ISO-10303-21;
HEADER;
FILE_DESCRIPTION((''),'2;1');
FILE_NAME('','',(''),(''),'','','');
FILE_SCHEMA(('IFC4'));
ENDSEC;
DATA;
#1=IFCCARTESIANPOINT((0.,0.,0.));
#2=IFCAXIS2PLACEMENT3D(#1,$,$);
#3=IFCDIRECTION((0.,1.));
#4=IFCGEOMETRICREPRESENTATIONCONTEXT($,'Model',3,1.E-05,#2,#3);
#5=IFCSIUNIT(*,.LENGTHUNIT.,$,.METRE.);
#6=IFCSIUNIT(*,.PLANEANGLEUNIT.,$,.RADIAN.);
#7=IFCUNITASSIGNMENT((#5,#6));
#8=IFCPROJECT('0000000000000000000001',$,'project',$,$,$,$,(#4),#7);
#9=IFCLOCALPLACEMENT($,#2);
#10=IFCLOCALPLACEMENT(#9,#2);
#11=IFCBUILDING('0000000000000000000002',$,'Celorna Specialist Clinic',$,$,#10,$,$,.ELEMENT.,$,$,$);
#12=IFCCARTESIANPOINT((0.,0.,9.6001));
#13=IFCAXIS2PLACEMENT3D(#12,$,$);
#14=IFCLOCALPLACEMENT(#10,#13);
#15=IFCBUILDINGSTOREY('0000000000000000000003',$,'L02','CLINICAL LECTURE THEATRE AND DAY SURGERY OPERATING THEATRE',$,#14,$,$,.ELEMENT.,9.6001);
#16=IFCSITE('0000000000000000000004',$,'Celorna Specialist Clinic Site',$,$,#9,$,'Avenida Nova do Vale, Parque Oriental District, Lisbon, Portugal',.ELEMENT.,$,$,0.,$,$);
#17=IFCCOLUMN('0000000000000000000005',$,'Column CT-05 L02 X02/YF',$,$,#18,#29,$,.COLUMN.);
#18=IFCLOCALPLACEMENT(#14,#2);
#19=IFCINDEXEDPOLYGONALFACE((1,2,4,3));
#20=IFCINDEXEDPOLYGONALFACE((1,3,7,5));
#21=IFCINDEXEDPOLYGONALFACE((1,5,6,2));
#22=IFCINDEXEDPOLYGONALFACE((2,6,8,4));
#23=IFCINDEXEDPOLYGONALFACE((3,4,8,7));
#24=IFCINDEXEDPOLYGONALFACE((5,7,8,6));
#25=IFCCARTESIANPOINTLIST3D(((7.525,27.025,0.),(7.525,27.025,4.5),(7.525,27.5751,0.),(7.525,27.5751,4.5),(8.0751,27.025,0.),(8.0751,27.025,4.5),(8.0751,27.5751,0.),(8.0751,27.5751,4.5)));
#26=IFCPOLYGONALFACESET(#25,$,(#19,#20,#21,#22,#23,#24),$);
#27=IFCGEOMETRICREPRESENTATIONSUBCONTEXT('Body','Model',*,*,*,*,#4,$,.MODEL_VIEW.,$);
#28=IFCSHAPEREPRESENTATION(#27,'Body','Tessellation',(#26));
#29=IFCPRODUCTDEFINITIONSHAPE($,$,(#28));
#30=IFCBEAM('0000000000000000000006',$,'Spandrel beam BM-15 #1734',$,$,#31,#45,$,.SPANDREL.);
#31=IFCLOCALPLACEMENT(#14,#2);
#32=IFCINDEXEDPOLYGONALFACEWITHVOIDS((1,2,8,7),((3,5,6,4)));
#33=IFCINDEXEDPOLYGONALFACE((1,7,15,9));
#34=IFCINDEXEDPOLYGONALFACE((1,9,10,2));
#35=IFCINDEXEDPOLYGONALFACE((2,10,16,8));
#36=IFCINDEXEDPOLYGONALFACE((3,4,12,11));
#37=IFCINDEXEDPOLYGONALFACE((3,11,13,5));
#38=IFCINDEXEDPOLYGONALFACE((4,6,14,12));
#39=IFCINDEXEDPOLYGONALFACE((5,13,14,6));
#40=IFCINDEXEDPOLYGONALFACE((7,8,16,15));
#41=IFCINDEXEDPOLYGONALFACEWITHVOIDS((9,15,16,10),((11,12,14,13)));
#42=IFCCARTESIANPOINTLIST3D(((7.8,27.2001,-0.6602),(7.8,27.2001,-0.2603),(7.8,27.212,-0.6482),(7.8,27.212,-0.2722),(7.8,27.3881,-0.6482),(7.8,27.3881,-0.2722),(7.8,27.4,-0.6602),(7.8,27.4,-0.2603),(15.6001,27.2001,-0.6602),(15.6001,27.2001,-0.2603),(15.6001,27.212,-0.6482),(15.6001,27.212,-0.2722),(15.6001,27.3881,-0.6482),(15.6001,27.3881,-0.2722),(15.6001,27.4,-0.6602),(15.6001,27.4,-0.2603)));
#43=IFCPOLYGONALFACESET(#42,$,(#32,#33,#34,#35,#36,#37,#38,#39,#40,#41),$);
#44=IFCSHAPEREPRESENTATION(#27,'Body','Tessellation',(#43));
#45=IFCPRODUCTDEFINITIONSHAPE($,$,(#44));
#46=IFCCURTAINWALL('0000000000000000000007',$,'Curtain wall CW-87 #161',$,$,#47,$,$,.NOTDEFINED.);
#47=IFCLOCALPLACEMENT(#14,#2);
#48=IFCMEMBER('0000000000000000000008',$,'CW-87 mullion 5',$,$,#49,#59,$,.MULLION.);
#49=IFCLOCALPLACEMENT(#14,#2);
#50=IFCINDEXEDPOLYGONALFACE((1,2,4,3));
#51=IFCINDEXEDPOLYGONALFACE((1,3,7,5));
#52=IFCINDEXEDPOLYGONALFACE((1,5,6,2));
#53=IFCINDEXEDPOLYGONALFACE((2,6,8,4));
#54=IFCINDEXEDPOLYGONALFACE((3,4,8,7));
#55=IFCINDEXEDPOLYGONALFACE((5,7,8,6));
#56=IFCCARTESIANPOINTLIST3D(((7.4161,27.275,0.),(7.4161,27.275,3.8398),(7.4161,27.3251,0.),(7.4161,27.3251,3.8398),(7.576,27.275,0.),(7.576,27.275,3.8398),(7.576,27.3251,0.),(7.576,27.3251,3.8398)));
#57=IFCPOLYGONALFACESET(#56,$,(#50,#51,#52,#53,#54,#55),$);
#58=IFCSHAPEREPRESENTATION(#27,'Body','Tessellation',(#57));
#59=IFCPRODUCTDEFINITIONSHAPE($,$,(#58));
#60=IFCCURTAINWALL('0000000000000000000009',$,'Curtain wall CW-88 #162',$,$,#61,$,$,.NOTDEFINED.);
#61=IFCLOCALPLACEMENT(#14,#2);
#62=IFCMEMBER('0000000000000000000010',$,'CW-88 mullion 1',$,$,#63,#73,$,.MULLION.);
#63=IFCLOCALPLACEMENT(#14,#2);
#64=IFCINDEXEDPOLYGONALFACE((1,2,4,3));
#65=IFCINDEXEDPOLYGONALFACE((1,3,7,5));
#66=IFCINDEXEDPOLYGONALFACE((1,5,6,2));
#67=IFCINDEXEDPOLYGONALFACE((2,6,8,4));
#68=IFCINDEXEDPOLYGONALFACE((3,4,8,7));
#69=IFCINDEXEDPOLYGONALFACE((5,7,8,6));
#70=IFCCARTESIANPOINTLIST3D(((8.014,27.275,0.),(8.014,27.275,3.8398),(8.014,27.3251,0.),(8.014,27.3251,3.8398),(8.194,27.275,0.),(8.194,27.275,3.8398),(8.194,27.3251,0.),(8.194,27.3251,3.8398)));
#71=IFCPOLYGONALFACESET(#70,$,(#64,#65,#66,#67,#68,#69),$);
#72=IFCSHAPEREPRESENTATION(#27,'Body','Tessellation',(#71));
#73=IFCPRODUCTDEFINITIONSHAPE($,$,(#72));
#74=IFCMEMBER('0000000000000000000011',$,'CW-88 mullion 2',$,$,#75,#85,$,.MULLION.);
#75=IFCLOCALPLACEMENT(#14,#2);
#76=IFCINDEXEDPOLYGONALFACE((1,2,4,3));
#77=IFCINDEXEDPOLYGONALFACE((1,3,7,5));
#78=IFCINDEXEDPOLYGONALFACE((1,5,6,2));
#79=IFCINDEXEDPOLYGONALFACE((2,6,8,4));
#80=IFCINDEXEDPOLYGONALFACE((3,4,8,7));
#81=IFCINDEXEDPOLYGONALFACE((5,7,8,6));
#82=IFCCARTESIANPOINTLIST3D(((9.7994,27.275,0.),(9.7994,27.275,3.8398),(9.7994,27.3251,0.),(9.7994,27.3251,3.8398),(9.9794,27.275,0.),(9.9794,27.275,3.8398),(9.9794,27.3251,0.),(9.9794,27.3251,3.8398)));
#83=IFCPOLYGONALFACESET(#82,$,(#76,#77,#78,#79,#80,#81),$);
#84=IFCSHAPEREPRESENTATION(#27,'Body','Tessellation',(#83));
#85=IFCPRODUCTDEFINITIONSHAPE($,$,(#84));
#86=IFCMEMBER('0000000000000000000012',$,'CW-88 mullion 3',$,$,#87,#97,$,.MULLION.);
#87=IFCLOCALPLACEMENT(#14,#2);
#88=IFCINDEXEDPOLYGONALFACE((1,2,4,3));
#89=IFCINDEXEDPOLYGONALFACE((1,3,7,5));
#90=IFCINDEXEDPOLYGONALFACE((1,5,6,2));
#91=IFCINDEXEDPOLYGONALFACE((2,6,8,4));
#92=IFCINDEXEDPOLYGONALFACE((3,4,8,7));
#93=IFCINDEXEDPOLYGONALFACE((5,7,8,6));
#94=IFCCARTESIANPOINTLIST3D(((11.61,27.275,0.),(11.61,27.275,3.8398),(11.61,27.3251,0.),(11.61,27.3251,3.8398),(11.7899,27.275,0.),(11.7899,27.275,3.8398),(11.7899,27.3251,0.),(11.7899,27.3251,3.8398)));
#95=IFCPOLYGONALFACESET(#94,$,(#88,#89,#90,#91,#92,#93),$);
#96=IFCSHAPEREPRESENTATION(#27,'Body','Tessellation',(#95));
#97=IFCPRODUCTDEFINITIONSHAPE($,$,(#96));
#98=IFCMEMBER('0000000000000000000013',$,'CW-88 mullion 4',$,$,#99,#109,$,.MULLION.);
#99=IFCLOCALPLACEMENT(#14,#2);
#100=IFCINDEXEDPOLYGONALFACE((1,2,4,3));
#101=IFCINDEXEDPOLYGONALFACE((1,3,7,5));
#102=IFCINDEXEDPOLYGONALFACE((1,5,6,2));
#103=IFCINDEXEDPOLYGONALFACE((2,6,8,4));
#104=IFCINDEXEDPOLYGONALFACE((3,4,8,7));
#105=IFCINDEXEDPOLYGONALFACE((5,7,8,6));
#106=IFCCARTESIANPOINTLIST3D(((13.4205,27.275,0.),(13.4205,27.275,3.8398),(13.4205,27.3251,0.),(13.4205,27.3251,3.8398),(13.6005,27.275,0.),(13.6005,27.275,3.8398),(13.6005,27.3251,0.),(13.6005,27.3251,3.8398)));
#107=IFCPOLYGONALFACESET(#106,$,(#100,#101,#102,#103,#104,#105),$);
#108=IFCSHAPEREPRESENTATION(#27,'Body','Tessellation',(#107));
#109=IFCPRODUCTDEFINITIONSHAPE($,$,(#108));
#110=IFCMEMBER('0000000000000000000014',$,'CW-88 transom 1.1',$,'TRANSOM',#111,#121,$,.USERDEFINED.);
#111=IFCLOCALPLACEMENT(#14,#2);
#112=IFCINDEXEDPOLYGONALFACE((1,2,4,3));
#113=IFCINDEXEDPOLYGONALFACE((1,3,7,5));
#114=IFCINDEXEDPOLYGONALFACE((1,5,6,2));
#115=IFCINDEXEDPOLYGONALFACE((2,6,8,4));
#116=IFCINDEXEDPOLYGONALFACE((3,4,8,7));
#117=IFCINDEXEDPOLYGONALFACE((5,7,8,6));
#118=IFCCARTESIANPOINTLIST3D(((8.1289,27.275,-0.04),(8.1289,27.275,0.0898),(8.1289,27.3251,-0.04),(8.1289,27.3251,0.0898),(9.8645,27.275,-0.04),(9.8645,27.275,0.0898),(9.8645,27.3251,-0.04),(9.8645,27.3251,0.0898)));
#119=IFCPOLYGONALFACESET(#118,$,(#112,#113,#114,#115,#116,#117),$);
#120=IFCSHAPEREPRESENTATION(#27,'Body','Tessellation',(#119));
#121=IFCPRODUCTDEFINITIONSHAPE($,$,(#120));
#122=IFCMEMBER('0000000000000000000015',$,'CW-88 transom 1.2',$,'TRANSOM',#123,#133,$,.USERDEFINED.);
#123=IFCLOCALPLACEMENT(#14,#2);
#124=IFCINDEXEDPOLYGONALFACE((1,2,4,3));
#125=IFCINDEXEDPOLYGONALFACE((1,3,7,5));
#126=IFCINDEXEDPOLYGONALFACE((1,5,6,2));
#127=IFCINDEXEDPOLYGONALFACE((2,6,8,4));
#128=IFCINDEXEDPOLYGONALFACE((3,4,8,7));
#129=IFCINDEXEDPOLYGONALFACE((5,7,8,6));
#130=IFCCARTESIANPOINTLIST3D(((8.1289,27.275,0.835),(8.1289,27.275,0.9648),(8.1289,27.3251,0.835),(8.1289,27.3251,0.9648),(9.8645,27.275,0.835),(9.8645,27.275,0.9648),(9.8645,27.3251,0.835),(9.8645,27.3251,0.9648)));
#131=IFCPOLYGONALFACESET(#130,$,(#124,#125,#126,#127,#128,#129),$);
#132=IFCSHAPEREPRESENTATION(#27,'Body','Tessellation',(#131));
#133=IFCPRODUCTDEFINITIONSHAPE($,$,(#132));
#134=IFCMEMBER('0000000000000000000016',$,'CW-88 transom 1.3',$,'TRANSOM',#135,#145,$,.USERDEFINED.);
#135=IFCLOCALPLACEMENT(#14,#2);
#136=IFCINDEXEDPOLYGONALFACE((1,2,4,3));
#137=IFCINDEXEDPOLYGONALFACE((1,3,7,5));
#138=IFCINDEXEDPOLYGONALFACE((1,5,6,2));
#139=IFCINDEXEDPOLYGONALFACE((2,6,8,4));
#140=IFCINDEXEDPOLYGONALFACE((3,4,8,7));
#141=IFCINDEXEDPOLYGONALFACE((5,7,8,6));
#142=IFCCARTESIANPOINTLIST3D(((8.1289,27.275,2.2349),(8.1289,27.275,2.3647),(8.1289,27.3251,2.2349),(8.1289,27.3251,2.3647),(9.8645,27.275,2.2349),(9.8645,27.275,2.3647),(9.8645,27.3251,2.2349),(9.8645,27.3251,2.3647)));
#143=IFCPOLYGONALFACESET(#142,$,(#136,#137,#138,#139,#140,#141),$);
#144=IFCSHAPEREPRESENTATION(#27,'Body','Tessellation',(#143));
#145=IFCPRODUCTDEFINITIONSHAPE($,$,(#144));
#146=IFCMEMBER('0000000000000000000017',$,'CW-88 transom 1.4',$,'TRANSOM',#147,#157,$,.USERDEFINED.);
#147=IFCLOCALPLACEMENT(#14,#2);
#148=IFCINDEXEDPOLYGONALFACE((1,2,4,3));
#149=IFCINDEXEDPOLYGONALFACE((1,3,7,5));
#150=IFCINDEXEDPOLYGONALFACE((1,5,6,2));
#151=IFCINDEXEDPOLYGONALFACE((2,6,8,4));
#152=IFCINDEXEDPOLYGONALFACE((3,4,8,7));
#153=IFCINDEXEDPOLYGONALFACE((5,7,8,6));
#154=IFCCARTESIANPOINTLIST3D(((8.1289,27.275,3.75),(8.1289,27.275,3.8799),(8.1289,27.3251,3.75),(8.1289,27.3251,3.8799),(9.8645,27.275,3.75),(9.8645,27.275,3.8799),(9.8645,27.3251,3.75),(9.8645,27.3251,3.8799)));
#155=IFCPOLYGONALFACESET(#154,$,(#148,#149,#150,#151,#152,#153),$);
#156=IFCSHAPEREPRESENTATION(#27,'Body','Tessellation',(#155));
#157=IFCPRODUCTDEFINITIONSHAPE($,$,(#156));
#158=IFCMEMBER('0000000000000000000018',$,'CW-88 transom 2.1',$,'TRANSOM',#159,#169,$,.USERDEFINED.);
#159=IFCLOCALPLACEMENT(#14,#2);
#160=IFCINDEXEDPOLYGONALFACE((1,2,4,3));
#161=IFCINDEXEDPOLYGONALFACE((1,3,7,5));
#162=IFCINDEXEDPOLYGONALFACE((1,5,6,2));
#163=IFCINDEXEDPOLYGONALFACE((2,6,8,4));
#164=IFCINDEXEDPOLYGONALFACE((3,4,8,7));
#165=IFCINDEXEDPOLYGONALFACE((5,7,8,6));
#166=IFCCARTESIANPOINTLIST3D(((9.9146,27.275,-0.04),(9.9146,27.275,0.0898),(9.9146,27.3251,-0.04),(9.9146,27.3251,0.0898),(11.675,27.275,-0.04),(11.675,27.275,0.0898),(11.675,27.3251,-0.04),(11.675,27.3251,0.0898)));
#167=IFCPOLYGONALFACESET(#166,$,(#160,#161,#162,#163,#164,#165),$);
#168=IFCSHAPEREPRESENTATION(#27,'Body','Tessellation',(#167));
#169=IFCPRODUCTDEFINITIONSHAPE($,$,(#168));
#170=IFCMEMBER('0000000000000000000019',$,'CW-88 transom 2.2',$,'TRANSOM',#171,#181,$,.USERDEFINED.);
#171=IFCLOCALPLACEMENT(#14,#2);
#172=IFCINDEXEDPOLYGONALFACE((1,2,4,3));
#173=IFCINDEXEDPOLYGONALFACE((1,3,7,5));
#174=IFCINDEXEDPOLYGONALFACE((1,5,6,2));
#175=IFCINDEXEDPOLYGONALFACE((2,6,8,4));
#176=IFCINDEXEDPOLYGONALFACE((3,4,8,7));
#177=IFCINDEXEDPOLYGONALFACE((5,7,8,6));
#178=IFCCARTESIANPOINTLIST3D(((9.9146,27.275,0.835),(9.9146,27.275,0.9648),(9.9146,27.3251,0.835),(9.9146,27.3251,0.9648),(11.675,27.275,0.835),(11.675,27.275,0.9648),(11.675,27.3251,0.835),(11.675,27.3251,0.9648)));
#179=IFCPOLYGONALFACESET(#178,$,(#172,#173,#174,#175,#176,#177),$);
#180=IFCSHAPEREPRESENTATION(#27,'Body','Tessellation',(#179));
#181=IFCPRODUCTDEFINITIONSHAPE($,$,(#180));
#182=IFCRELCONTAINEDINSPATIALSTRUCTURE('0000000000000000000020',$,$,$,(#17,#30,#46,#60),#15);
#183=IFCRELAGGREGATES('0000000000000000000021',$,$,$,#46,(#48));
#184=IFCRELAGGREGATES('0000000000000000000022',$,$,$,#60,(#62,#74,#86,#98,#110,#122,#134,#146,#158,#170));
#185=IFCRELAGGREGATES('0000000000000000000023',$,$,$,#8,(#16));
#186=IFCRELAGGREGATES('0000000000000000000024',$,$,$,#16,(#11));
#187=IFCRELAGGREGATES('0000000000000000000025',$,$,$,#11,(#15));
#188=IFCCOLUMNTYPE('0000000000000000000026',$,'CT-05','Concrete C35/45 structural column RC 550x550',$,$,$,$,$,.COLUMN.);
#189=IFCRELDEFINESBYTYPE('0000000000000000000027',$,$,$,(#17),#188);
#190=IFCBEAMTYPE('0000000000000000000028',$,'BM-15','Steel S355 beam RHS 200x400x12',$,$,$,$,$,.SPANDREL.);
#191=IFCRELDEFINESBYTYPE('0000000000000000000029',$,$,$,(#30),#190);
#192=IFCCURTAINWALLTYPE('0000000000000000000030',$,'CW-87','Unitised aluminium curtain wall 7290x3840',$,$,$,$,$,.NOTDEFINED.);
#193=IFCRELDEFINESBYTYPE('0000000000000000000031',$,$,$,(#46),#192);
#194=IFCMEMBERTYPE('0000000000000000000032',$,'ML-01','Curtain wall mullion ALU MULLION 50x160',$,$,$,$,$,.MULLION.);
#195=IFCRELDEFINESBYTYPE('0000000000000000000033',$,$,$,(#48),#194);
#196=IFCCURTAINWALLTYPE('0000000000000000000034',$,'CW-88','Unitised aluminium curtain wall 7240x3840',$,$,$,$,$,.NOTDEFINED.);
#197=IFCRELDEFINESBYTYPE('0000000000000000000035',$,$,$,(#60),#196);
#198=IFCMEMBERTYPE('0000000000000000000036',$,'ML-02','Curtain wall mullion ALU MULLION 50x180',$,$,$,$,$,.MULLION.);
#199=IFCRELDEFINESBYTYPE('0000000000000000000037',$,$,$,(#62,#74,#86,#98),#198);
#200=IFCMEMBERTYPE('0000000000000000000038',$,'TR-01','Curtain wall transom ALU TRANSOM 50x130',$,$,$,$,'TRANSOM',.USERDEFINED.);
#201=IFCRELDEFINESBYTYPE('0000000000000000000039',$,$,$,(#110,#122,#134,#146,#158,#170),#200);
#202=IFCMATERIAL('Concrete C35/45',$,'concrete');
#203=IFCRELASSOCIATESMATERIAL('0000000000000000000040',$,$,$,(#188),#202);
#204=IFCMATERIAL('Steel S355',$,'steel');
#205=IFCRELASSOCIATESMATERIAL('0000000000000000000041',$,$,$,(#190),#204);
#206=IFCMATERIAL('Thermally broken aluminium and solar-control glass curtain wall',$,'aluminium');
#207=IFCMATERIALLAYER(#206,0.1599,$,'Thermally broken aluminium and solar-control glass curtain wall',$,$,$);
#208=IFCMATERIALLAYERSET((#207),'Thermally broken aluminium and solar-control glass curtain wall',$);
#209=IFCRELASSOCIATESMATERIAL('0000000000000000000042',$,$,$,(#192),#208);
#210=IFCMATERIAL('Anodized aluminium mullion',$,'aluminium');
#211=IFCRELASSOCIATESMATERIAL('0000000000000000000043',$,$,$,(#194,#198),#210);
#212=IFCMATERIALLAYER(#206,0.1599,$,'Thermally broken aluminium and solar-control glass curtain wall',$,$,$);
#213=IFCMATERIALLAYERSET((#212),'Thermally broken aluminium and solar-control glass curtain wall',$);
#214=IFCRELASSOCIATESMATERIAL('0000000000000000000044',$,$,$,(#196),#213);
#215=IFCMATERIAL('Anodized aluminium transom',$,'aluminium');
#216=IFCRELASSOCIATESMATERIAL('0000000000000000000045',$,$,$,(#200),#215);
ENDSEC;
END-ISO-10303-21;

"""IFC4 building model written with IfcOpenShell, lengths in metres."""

from ifc_helpers import new_model, si_unit, direction, frame, origin, origin_2d, place, context, subcontext, project, spatial, rectangle, hollow_rectangle, extrude, material, layer, layer_set, material_profile, profile_set, type_object, element, aggregate, save


model = new_model("IFC4")

# Units and contexts
model_context = context("Model", 3, precision=1e-05, world=origin(), true_north=direction((0.0, 1.0)))
body_context = subcontext(model_context, "Body", "Model", "MODEL_VIEW")
ifc_project = project(units=[si_unit("LENGTHUNIT", "METRE"), si_unit("PLANEANGLEUNIT", "RADIAN")], contexts=[model_context])

# Site, building, storey
site_placement = place(None, origin())
site = spatial("IfcSite", under=ifc_project, at=site_placement, Name="Celorna Specialist Clinic Site", LongName="Avenida Nova do Vale, Parque Oriental District, Lisbon, Portugal", CompositionType="ELEMENT", RefElevation=0.0)
building_placement = place(site_placement, origin())
building = spatial("IfcBuilding", under=site, at=building_placement, Name="Celorna Specialist Clinic", CompositionType="ELEMENT")
storey_placement = place(building_placement, frame((0.0, 0.0, 9.6001)))
storey = spatial("IfcBuildingStorey", under=building, at=storey_placement, Name="L02", Description="CLINICAL LECTURE THEATRE AND DAY SURGERY OPERATING THEATRE", CompositionType="ELEMENT", Elevation=9.6001)

# Column
ifc_material_1 = material(Name="Concrete C35/45", Category="concrete")
ifc_material_profile_1 = material_profile(ifc_material_1, rectangle(XDim=0.55, YDim=0.55, at=origin_2d()), Name="RC 550x550")
ifc_profile_set_1 = profile_set([ifc_material_profile_1], Name="Concrete C35/45")
column_type = type_object("IfcColumnType", Name="CT-05", Description="Concrete C35/45 structural column RC 550x550", PredefinedType="COLUMN", material=ifc_profile_set_1)
column_placement = place(storey_placement, frame((7.8, 27.3, 0.0), z_axis=(0.0, 0.0, 1.0), x_axis=(1.0, 0.0, 0.0)))
element("IfcColumn", 1, at=column_placement, inside=storey, type_object=column_type, Name="Column CT-05 L02 X02/YF", PredefinedType="COLUMN", context=body_context, shape_type="SweptSolid", body=[
    extrude(rectangle(XDim=0.55, YDim=0.55, at=origin_2d()), origin(), (0.0, 0.0, 1.0), 4.5),
])

# Beam
ifc_material_2 = material(Name="Steel S355", Category="steel")
ifc_material_profile_2 = material_profile(ifc_material_2, hollow_rectangle(XDim=0.2, YDim=0.3999, WallThickness=0.012, at=origin_2d()), Name="RHS 200x400x12")
ifc_profile_set_2 = profile_set([ifc_material_profile_2], Name="Steel S355")
beam_type = type_object("IfcBeamType", Name="BM-15", Description="Steel S355 beam RHS 200x400x12", PredefinedType="SPANDREL", material=ifc_profile_set_2)
beam_placement = place(storey_placement, frame((7.8, 27.3, -0.4602), z_axis=(1.0, 0.0, 0.0), x_axis=(0.0, 1.0, 0.0)))
element("IfcBeam", 2, at=beam_placement, inside=storey, type_object=beam_type, Name="Spandrel beam BM-15 #1734", PredefinedType="SPANDREL", context=body_context, shape_type="SweptSolid", body=[
    extrude(hollow_rectangle(XDim=0.2, YDim=0.3999, WallThickness=0.012, at=origin_2d()), origin(), (0.0, 0.0, 1.0), 7.8),
])

# Curtain wall, member
ifc_material_3 = material(Name="Thermally broken aluminium and solar-control glass curtain wall", Category="aluminium")
ifc_layer_1 = layer(ifc_material_3, 0.1599, Name="Thermally broken aluminium and solar-control glass curtain wall")
ifc_layer_set_1 = layer_set([ifc_layer_1], Name="Thermally broken aluminium and solar-control glass curtain wall")
curtain_wall_type_1 = type_object("IfcCurtainWallType", Name="CW-87", Description="Unitised aluminium curtain wall 7290x3840", PredefinedType="NOTDEFINED", material=ifc_layer_set_1)
curtain_wall_1_placement = place(storey_placement, origin())
curtain_wall_1 = element("IfcCurtainWall", 3, at=curtain_wall_1_placement, inside=storey, type_object=curtain_wall_type_1, Name="Curtain wall CW-87 #161", PredefinedType="NOTDEFINED")
ifc_material_4 = material(Name="Anodized aluminium mullion", Category="aluminium")
ifc_material_profile_3 = material_profile(ifc_material_4, rectangle(XDim=0.05, YDim=0.1599, at=origin_2d()), Name="ALU MULLION 50x160")
ifc_profile_set_3 = profile_set([ifc_material_profile_3], Name="Anodized aluminium mullion")
member_type_1 = type_object("IfcMemberType", Name="ML-01", Description="Curtain wall mullion ALU MULLION 50x160", PredefinedType="MULLION", material=ifc_profile_set_3)
member_1_placement = place(storey_placement, frame((7.4961, 27.3, 0.0), z_axis=(0.0, 0.0, 1.0), x_axis=(0.0, 1.0, 0.0)))
member_1 = element("IfcMember", 4, at=member_1_placement, type_object=member_type_1, Name="CW-87 mullion 5", PredefinedType="MULLION", context=body_context, shape_type="SweptSolid", body=[
    extrude(rectangle(XDim=0.05, YDim=0.1599, at=origin_2d()), origin(), (0.0, 0.0, 1.0), 3.8398),
])

# Curtain wall, members
ifc_layer_2 = layer(ifc_material_3, 0.1599, Name="Thermally broken aluminium and solar-control glass curtain wall")
ifc_layer_set_2 = layer_set([ifc_layer_2], Name="Thermally broken aluminium and solar-control glass curtain wall")
curtain_wall_type_2 = type_object("IfcCurtainWallType", Name="CW-88", Description="Unitised aluminium curtain wall 7240x3840", PredefinedType="NOTDEFINED", material=ifc_layer_set_2)
curtain_wall_2_placement = place(storey_placement, origin())
curtain_wall_2 = element("IfcCurtainWall", 5, at=curtain_wall_2_placement, inside=storey, type_object=curtain_wall_type_2, Name="Curtain wall CW-88 #162", PredefinedType="NOTDEFINED")
ifc_material_profile_4 = material_profile(ifc_material_4, rectangle(XDim=0.05, YDim=0.1799, at=origin_2d()), Name="ALU MULLION 50x180")
ifc_profile_set_4 = profile_set([ifc_material_profile_4], Name="Anodized aluminium mullion")
member_type_2 = type_object("IfcMemberType", Name="ML-02", Description="Curtain wall mullion ALU MULLION 50x180", PredefinedType="MULLION", material=ifc_profile_set_4)
member_2_placement = place(storey_placement, frame((8.104, 27.3, 0.0), z_axis=(0.0, 0.0, 1.0), x_axis=(0.0, 1.0, 0.0)))
member_2 = element("IfcMember", 6, at=member_2_placement, type_object=member_type_2, Name="CW-88 mullion 1", PredefinedType="MULLION", context=body_context, shape_type="SweptSolid", body=[
    extrude(rectangle(XDim=0.05, YDim=0.1799, at=origin_2d()), origin(), (0.0, 0.0, 1.0), 3.8398),
])
member_3_placement = place(storey_placement, frame((9.8894, 27.3, 0.0), z_axis=(0.0, 0.0, 1.0), x_axis=(0.0, 1.0, 0.0)))
member_3 = element("IfcMember", 7, at=member_3_placement, type_object=member_type_2, Name="CW-88 mullion 2", PredefinedType="MULLION", context=body_context, shape_type="SweptSolid", body=[
    extrude(rectangle(XDim=0.05, YDim=0.1799, at=origin_2d()), origin(), (0.0, 0.0, 1.0), 3.8398),
])
member_4_placement = place(storey_placement, frame((11.7, 27.3, 0.0), z_axis=(0.0, 0.0, 1.0), x_axis=(0.0, 1.0, 0.0)))
member_4 = element("IfcMember", 8, at=member_4_placement, type_object=member_type_2, Name="CW-88 mullion 3", PredefinedType="MULLION", context=body_context, shape_type="SweptSolid", body=[
    extrude(rectangle(XDim=0.05, YDim=0.1799, at=origin_2d()), origin(), (0.0, 0.0, 1.0), 3.8398),
])
member_5_placement = place(storey_placement, frame((13.5105, 27.3, 0.0), z_axis=(0.0, 0.0, 1.0), x_axis=(0.0, 1.0, 0.0)))
member_5 = element("IfcMember", 9, at=member_5_placement, type_object=member_type_2, Name="CW-88 mullion 4", PredefinedType="MULLION", context=body_context, shape_type="SweptSolid", body=[
    extrude(rectangle(XDim=0.05, YDim=0.1799, at=origin_2d()), origin(), (0.0, 0.0, 1.0), 3.8398),
])
ifc_material_5 = material(Name="Anodized aluminium transom", Category="aluminium")
ifc_material_profile_5 = material_profile(ifc_material_5, rectangle(XDim=0.05, YDim=0.1299, at=origin_2d()), Name="ALU TRANSOM 50x130")
ifc_profile_set_5 = profile_set([ifc_material_profile_5], Name="Anodized aluminium transom")
member_type_3 = type_object("IfcMemberType", Name="TR-01", Description="Curtain wall transom ALU TRANSOM 50x130", ElementType="TRANSOM", PredefinedType="USERDEFINED", material=ifc_profile_set_5)
member_6_placement = place(storey_placement, frame((8.1289, 27.3, 0.0249), z_axis=(1.0, 0.0, 0.0), x_axis=(0.0, 1.0, 0.0)))
member_6 = element("IfcMember", 10, at=member_6_placement, type_object=member_type_3, Name="CW-88 transom 1.1", ObjectType="TRANSOM", PredefinedType="USERDEFINED", context=body_context, shape_type="SweptSolid", body=[
    extrude(rectangle(XDim=0.05, YDim=0.1299, at=origin_2d()), origin(), (0.0, 0.0, 1.0), 1.7356),
])
member_7_placement = place(storey_placement, frame((8.1289, 27.3, 0.8999), z_axis=(1.0, 0.0, 0.0), x_axis=(0.0, 1.0, 0.0)))
member_7 = element("IfcMember", 11, at=member_7_placement, type_object=member_type_3, Name="CW-88 transom 1.2", ObjectType="TRANSOM", PredefinedType="USERDEFINED", context=body_context, shape_type="SweptSolid", body=[
    extrude(rectangle(XDim=0.05, YDim=0.1299, at=origin_2d()), origin(), (0.0, 0.0, 1.0), 1.7356),
])
member_8_placement = place(storey_placement, frame((8.1289, 27.3, 2.2998), z_axis=(1.0, 0.0, 0.0), x_axis=(0.0, 1.0, 0.0)))
member_8 = element("IfcMember", 12, at=member_8_placement, type_object=member_type_3, Name="CW-88 transom 1.3", ObjectType="TRANSOM", PredefinedType="USERDEFINED", context=body_context, shape_type="SweptSolid", body=[
    extrude(rectangle(XDim=0.05, YDim=0.1299, at=origin_2d()), origin(), (0.0, 0.0, 1.0), 1.7356),
])
member_9_placement = place(storey_placement, frame((8.1289, 27.3, 3.8149), z_axis=(1.0, 0.0, 0.0), x_axis=(0.0, 1.0, 0.0)))
member_9 = element("IfcMember", 13, at=member_9_placement, type_object=member_type_3, Name="CW-88 transom 1.4", ObjectType="TRANSOM", PredefinedType="USERDEFINED", context=body_context, shape_type="SweptSolid", body=[
    extrude(rectangle(XDim=0.05, YDim=0.1299, at=origin_2d()), origin(), (0.0, 0.0, 1.0), 1.7356),
])
member_10_placement = place(storey_placement, frame((9.9146, 27.3, 0.0249), z_axis=(1.0, 0.0, 0.0), x_axis=(0.0, 1.0, 0.0)))
member_10 = element("IfcMember", 14, at=member_10_placement, type_object=member_type_3, Name="CW-88 transom 2.1", ObjectType="TRANSOM", PredefinedType="USERDEFINED", context=body_context, shape_type="SweptSolid", body=[
    extrude(rectangle(XDim=0.05, YDim=0.1299, at=origin_2d()), origin(), (0.0, 0.0, 1.0), 1.7605),
])
member_11_placement = place(storey_placement, frame((9.9146, 27.3, 0.8999), z_axis=(1.0, 0.0, 0.0), x_axis=(0.0, 1.0, 0.0)))
member_11 = element("IfcMember", 15, at=member_11_placement, type_object=member_type_3, Name="CW-88 transom 2.2", ObjectType="TRANSOM", PredefinedType="USERDEFINED", context=body_context, shape_type="SweptSolid", body=[
    extrude(rectangle(XDim=0.05, YDim=0.1299, at=origin_2d()), origin(), (0.0, 0.0, 1.0), 1.7605),
])

aggregate(curtain_wall_1, [member_1])
aggregate(curtain_wall_2, [member_2, member_3, member_4, member_5, member_6, member_7, member_8, member_9, member_10, member_11])

save(model, "model.ifc")
